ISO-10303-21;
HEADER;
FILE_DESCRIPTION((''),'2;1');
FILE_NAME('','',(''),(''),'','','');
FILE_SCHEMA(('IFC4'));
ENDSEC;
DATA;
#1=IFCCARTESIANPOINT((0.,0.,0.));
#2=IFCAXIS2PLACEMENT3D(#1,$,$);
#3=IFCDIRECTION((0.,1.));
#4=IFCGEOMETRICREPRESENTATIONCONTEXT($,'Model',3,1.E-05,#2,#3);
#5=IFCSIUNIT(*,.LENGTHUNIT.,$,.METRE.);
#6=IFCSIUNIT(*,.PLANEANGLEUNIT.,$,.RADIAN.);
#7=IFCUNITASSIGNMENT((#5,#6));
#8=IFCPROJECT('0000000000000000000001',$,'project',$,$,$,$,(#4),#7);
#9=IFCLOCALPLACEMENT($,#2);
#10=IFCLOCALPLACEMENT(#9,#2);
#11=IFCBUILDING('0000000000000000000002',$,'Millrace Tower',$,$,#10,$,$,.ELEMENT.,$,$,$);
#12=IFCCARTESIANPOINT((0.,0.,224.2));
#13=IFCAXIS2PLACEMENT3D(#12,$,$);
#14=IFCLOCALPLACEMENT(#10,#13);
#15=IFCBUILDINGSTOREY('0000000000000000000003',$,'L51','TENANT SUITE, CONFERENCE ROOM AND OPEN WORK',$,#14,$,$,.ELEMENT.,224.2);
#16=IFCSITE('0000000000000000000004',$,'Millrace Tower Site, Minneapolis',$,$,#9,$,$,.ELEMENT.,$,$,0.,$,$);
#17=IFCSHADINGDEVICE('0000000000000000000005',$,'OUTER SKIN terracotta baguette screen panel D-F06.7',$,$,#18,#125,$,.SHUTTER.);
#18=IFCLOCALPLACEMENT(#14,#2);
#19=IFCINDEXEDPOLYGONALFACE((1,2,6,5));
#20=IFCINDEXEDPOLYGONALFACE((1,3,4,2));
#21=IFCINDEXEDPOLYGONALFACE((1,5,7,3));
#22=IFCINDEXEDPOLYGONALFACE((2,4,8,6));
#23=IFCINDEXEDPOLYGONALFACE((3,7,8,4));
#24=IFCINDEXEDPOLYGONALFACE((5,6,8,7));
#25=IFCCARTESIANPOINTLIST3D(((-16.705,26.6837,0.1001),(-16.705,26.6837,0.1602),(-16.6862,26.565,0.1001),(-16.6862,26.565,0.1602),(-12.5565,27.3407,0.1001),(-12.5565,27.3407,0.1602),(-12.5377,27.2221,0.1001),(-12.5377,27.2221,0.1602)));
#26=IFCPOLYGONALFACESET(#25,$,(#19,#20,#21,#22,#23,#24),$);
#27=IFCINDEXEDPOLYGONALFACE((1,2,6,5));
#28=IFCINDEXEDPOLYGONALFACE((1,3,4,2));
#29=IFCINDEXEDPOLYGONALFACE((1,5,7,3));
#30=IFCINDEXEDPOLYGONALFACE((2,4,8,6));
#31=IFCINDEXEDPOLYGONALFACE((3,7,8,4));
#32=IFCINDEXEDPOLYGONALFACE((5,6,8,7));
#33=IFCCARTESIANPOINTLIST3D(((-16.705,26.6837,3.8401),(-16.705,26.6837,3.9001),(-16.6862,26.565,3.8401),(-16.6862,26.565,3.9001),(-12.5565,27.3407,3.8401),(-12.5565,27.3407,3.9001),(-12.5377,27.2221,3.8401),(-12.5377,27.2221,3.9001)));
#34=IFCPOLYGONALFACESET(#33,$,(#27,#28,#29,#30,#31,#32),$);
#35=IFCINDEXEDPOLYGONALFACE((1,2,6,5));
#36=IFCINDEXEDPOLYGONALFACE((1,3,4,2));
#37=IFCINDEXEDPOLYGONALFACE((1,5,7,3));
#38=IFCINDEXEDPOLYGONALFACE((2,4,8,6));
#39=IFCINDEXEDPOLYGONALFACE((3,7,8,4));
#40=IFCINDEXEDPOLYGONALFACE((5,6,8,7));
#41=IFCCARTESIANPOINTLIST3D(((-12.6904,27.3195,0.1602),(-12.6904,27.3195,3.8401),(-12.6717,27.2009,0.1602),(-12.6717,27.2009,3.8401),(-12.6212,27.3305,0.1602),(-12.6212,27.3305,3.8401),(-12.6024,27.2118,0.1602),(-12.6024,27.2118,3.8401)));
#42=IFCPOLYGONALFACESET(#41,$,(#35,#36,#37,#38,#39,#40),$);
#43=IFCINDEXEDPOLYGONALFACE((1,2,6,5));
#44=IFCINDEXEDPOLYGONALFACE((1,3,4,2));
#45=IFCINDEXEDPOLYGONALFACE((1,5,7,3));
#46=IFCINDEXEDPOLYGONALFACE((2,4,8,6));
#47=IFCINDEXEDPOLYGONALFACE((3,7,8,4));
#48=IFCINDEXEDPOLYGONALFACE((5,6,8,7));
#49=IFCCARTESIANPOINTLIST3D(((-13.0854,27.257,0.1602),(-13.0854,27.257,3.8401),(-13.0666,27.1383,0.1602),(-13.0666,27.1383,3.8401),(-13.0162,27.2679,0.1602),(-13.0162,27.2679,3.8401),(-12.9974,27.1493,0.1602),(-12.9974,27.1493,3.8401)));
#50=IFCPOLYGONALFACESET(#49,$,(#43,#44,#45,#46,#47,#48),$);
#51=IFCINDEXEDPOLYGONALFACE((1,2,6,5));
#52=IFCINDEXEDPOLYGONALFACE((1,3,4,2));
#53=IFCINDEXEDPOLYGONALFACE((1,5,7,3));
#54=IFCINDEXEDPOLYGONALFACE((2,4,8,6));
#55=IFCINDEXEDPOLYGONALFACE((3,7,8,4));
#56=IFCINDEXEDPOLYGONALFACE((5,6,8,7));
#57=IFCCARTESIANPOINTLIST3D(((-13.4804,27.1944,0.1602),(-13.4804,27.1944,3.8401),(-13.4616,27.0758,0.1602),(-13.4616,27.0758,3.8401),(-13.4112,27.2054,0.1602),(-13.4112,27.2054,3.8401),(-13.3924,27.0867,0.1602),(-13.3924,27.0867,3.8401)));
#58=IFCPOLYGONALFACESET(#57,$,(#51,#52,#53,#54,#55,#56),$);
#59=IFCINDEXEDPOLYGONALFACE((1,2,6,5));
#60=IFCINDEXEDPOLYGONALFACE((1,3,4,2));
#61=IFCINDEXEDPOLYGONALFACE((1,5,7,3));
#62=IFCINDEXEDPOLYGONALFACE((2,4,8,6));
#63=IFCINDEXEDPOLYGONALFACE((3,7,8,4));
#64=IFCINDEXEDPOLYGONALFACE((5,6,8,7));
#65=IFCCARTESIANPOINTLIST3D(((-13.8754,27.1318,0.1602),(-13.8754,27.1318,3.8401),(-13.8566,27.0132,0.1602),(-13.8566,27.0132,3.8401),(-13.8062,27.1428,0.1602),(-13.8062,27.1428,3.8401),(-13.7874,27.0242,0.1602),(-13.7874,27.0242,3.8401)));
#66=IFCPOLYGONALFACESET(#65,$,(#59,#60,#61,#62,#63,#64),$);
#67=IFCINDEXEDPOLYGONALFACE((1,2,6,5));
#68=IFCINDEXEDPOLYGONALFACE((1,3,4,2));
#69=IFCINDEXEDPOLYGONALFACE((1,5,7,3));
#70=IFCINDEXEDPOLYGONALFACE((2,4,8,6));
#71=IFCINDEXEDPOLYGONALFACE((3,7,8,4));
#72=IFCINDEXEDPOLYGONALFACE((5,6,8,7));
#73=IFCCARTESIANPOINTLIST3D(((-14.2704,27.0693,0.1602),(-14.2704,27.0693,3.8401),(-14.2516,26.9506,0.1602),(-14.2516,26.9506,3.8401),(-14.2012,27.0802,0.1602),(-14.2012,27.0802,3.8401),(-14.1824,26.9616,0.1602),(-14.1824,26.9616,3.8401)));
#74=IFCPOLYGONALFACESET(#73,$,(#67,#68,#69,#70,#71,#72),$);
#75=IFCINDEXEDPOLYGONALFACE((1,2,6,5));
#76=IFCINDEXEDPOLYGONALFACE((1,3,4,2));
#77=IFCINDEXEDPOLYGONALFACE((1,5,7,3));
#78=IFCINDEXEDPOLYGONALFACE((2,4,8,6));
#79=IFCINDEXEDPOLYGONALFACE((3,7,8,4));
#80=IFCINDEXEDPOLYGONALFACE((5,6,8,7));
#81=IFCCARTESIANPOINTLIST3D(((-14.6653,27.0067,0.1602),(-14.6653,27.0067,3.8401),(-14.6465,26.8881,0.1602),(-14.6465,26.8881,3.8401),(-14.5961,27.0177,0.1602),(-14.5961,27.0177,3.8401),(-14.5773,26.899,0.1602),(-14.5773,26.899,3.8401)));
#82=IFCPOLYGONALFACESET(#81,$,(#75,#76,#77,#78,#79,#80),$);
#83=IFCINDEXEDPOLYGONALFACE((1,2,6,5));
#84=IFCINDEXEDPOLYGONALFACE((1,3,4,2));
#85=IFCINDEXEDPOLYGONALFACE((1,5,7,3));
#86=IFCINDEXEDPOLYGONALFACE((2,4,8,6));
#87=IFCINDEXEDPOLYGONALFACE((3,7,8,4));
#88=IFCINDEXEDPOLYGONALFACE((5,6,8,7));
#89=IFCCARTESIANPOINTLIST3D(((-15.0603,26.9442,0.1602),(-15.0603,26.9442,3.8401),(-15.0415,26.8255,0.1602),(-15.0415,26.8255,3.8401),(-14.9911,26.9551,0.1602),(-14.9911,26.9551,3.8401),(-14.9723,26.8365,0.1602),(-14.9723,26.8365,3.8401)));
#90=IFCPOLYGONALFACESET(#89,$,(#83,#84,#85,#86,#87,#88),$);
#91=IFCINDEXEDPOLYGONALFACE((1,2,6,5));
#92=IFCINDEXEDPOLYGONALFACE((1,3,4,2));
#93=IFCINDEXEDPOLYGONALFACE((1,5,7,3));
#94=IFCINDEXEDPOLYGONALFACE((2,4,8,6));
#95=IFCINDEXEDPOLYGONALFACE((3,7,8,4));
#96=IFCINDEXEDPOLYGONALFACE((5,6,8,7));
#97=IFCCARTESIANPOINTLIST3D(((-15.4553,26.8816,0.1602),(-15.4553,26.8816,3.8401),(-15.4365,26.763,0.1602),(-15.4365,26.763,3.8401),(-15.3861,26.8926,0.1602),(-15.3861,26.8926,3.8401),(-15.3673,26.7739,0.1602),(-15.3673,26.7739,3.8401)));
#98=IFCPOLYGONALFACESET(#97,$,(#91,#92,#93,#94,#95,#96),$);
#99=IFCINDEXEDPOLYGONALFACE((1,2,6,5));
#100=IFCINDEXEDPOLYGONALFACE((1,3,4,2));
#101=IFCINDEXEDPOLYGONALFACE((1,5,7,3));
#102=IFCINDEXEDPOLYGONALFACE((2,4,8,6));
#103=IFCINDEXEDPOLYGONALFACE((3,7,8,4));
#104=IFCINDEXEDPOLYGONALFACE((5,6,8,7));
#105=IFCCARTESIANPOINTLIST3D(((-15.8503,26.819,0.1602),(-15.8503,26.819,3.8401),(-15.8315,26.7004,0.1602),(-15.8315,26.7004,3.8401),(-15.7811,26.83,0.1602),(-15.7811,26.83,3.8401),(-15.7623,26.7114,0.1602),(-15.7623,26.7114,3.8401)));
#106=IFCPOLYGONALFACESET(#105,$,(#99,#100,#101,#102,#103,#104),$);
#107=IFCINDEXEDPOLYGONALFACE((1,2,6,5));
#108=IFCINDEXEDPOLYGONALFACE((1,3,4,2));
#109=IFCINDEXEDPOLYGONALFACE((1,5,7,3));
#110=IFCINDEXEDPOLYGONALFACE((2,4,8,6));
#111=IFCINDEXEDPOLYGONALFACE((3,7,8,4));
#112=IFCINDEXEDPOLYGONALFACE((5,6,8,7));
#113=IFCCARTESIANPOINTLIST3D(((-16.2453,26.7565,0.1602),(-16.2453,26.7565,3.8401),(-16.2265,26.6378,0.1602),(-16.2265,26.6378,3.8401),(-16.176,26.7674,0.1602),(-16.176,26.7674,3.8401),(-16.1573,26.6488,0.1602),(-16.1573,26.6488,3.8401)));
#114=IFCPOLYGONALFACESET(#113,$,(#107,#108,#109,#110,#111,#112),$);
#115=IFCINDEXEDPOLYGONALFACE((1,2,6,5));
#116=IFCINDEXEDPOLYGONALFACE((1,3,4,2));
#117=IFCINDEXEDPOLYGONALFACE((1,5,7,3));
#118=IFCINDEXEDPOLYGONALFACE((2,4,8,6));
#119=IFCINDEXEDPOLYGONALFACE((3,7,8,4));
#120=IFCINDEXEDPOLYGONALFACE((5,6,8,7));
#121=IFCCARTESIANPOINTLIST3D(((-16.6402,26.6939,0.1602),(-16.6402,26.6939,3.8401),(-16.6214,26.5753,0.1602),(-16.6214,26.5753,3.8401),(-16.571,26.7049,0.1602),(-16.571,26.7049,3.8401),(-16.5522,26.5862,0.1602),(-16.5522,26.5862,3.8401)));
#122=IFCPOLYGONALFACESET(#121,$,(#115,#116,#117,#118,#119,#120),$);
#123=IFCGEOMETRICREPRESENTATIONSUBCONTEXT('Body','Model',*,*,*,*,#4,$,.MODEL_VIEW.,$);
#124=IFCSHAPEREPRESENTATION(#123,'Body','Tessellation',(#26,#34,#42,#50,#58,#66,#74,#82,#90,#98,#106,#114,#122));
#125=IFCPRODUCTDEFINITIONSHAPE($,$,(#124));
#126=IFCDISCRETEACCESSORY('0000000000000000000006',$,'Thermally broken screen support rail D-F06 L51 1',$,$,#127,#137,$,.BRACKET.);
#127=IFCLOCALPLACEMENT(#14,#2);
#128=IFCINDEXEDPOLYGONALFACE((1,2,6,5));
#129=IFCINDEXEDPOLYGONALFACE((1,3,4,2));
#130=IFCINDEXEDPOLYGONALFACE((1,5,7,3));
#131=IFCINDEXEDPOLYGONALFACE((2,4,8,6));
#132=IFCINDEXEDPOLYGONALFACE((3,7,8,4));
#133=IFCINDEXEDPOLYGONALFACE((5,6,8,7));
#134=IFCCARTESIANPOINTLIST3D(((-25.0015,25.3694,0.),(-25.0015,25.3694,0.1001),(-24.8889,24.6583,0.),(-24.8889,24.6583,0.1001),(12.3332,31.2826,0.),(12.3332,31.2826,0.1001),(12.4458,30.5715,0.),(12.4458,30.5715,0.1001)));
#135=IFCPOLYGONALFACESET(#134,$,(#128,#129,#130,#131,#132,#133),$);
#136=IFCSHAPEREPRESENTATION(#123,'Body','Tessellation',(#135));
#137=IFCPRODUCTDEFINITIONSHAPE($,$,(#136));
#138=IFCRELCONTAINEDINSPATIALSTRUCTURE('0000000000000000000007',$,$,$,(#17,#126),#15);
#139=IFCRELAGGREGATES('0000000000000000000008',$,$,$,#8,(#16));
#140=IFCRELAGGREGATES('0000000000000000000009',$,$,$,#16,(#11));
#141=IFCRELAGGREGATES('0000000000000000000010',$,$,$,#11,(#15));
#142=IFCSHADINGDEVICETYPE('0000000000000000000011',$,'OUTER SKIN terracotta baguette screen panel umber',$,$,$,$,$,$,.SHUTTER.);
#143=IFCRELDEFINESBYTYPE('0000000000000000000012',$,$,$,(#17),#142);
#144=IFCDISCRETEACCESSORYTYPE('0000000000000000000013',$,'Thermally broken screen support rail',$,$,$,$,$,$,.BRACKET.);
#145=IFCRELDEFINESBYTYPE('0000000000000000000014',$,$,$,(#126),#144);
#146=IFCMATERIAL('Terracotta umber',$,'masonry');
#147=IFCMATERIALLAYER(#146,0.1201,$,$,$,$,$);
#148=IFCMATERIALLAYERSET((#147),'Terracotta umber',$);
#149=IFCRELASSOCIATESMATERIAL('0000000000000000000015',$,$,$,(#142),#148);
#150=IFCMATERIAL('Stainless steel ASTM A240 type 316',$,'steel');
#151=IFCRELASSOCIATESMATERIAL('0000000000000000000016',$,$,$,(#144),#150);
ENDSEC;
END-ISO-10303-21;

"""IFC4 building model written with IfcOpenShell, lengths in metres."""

from ifc_helpers import new_model, entity, si_unit, direction, frame, frame_2d, origin, origin_2d, place, context, subcontext, project, spatial, rectangle, extrude, source, transform, mapped, material, layer, layer_set, type_object, element, save


model = new_model("IFC4")

# Units and contexts
model_context = context("Model", 3, precision=1e-05, world=origin(), true_north=direction((0.0, 1.0)))
body_context = subcontext(model_context, "Body", "Model", "MODEL_VIEW")
ifc_project = project(units=[si_unit("LENGTHUNIT", "METRE"), si_unit("PLANEANGLEUNIT", "RADIAN")], contexts=[model_context])

# Site, building, storey
site_placement = place(None, origin())
site = spatial("IfcSite", under=ifc_project, at=site_placement, Name="Millrace Tower Site, Minneapolis", CompositionType="ELEMENT", RefElevation=0.0)
building_placement = place(site_placement, origin())
building = spatial("IfcBuilding", under=site, at=building_placement, Name="Millrace Tower", CompositionType="ELEMENT")
storey_placement = place(building_placement, frame((0.0, 0.0, 224.2)))
storey = spatial("IfcBuildingStorey", under=building, at=storey_placement, Name="L51", Description="TENANT SUITE, CONFERENCE ROOM AND OPEN WORK", CompositionType="ELEMENT", Elevation=224.2)

# Shading device
ifc_material_1 = material(Name="Terracotta umber", Category="masonry")
ifc_layer_1 = layer(ifc_material_1, 0.1201)
ifc_layer_set_1 = layer_set([ifc_layer_1], Name="Terracotta umber")
shading_device_type = type_object("IfcShadingDeviceType", Name="OUTER SKIN terracotta baguette screen panel umber", PredefinedType="SHUTTER", material=ifc_layer_set_1)
cartesian_point = entity("IfcCartesianPoint", [-2.1001, 0.0601])
shared_polyline = entity("IfcPolyline", [cartesian_point, entity("IfcCartesianPoint", [2.1001, 0.0601]), entity("IfcCartesianPoint", [2.1001, -0.0601]), entity("IfcCartesianPoint", [-2.1001, -0.0601]), cartesian_point])
shared_shape = source(origin(), body_context, "Body", "SweptSolid", [
    entity("IfcExtrudedAreaSolid", entity("IfcArbitraryClosedProfileDef", "AREA", None, shared_polyline), entity("IfcAxis2Placement3D", entity("IfcCartesianPoint", [0.0, 0.0, 0.0])), entity("IfcDirection", [0.0, 0.0, 1.0]), 0.0601),
    entity("IfcExtrudedAreaSolid", entity("IfcArbitraryClosedProfileDef", "AREA", None, shared_polyline), entity("IfcAxis2Placement3D", entity("IfcCartesianPoint", [0.0, 0.0, 3.74])), entity("IfcDirection", [0.0, 0.0, 1.0]), 0.0601),
    extrude(rectangle(XDim=0.0701, YDim=0.1201, at=frame_2d((-1.9995, 0.0))), frame((0.0, 0.0, 0.0601)), (0.0, 0.0, 1.0), 3.6799),
    extrude(rectangle(XDim=0.0701, YDim=0.1201, at=frame_2d((-1.5996, 0.0))), frame((0.0, 0.0, 0.0601)), (0.0, 0.0, 1.0), 3.6799),
    extrude(rectangle(XDim=0.0701, YDim=0.1201, at=frame_2d((-1.1997, 0.0))), frame((0.0, 0.0, 0.0601)), (0.0, 0.0, 1.0), 3.6799),
    extrude(rectangle(XDim=0.0701, YDim=0.1201, at=frame_2d((-0.7998, 0.0))), frame((0.0, 0.0, 0.0601)), (0.0, 0.0, 1.0), 3.6799),
    extrude(rectangle(XDim=0.0701, YDim=0.1201, at=frame_2d((-0.3999, 0.0))), frame((0.0, 0.0, 0.0601)), (0.0, 0.0, 1.0), 3.6799),
    extrude(rectangle(XDim=0.0701, YDim=0.1201, at=origin_2d()), frame((0.0, 0.0, 0.0601)), (0.0, 0.0, 1.0), 3.6799),
    extrude(rectangle(XDim=0.0701, YDim=0.1201, at=frame_2d((0.3999, 0.0))), frame((0.0, 0.0, 0.0601)), (0.0, 0.0, 1.0), 3.6799),
    extrude(rectangle(XDim=0.0701, YDim=0.1201, at=frame_2d((0.7998, 0.0))), frame((0.0, 0.0, 0.0601)), (0.0, 0.0, 1.0), 3.6799),
    extrude(rectangle(XDim=0.0701, YDim=0.1201, at=frame_2d((1.1997, 0.0))), frame((0.0, 0.0, 0.0601)), (0.0, 0.0, 1.0), 3.6799),
    extrude(rectangle(XDim=0.0701, YDim=0.1201, at=frame_2d((1.5996, 0.0))), frame((0.0, 0.0, 0.0601)), (0.0, 0.0, 1.0), 3.6799),
    extrude(rectangle(XDim=0.0701, YDim=0.1201, at=frame_2d((1.9995, 0.0))), frame((0.0, 0.0, 0.0601)), (0.0, 0.0, 1.0), 3.6799),
])
for number, where, z_axis, x_axis, name in (
    (1, (-14.6213, 26.9529, 0.1001), (0.0, 0.0, 1.0), (-0.987688, -0.156434, 0.0), "OUTER SKIN terracotta baguette screen panel D-F06.7"),
):
    element("IfcShadingDevice", number, at=place(storey_placement, frame(where, z_axis=z_axis, x_axis=x_axis)), inside=storey, type_object=shading_device_type, Name=name, PredefinedType="SHUTTER", context=body_context, shape_type="MappedRepresentation", body=[
        mapped(shared_shape, transform((0.0, 0.0, 0.0), scale=1.0)),
    ])

# Discrete accessory
ifc_material_2 = material(Name="Stainless steel ASTM A240 type 316", Category="steel")
discrete_accessory_type = type_object("IfcDiscreteAccessoryType", Name="Thermally broken screen support rail", PredefinedType="BRACKET", material=ifc_material_2)
discrete_accessory_placement = place(storey_placement, frame((-6.2778, 27.9705, 0.0), z_axis=(0.0, 0.0, 1.0), x_axis=(-0.987688, -0.156434, 0.0)))
element("IfcDiscreteAccessory", 2, at=discrete_accessory_placement, inside=storey, type_object=discrete_accessory_type, Name="Thermally broken screen support rail D-F06 L51 1", PredefinedType="BRACKET", context=body_context, shape_type="SweptSolid", body=[
    extrude(rectangle(XDim=37.8, YDim=0.72, at=origin_2d()), origin(), (0.0, 0.0, 1.0), 0.1001),
])

save(model, "model.ifc")
